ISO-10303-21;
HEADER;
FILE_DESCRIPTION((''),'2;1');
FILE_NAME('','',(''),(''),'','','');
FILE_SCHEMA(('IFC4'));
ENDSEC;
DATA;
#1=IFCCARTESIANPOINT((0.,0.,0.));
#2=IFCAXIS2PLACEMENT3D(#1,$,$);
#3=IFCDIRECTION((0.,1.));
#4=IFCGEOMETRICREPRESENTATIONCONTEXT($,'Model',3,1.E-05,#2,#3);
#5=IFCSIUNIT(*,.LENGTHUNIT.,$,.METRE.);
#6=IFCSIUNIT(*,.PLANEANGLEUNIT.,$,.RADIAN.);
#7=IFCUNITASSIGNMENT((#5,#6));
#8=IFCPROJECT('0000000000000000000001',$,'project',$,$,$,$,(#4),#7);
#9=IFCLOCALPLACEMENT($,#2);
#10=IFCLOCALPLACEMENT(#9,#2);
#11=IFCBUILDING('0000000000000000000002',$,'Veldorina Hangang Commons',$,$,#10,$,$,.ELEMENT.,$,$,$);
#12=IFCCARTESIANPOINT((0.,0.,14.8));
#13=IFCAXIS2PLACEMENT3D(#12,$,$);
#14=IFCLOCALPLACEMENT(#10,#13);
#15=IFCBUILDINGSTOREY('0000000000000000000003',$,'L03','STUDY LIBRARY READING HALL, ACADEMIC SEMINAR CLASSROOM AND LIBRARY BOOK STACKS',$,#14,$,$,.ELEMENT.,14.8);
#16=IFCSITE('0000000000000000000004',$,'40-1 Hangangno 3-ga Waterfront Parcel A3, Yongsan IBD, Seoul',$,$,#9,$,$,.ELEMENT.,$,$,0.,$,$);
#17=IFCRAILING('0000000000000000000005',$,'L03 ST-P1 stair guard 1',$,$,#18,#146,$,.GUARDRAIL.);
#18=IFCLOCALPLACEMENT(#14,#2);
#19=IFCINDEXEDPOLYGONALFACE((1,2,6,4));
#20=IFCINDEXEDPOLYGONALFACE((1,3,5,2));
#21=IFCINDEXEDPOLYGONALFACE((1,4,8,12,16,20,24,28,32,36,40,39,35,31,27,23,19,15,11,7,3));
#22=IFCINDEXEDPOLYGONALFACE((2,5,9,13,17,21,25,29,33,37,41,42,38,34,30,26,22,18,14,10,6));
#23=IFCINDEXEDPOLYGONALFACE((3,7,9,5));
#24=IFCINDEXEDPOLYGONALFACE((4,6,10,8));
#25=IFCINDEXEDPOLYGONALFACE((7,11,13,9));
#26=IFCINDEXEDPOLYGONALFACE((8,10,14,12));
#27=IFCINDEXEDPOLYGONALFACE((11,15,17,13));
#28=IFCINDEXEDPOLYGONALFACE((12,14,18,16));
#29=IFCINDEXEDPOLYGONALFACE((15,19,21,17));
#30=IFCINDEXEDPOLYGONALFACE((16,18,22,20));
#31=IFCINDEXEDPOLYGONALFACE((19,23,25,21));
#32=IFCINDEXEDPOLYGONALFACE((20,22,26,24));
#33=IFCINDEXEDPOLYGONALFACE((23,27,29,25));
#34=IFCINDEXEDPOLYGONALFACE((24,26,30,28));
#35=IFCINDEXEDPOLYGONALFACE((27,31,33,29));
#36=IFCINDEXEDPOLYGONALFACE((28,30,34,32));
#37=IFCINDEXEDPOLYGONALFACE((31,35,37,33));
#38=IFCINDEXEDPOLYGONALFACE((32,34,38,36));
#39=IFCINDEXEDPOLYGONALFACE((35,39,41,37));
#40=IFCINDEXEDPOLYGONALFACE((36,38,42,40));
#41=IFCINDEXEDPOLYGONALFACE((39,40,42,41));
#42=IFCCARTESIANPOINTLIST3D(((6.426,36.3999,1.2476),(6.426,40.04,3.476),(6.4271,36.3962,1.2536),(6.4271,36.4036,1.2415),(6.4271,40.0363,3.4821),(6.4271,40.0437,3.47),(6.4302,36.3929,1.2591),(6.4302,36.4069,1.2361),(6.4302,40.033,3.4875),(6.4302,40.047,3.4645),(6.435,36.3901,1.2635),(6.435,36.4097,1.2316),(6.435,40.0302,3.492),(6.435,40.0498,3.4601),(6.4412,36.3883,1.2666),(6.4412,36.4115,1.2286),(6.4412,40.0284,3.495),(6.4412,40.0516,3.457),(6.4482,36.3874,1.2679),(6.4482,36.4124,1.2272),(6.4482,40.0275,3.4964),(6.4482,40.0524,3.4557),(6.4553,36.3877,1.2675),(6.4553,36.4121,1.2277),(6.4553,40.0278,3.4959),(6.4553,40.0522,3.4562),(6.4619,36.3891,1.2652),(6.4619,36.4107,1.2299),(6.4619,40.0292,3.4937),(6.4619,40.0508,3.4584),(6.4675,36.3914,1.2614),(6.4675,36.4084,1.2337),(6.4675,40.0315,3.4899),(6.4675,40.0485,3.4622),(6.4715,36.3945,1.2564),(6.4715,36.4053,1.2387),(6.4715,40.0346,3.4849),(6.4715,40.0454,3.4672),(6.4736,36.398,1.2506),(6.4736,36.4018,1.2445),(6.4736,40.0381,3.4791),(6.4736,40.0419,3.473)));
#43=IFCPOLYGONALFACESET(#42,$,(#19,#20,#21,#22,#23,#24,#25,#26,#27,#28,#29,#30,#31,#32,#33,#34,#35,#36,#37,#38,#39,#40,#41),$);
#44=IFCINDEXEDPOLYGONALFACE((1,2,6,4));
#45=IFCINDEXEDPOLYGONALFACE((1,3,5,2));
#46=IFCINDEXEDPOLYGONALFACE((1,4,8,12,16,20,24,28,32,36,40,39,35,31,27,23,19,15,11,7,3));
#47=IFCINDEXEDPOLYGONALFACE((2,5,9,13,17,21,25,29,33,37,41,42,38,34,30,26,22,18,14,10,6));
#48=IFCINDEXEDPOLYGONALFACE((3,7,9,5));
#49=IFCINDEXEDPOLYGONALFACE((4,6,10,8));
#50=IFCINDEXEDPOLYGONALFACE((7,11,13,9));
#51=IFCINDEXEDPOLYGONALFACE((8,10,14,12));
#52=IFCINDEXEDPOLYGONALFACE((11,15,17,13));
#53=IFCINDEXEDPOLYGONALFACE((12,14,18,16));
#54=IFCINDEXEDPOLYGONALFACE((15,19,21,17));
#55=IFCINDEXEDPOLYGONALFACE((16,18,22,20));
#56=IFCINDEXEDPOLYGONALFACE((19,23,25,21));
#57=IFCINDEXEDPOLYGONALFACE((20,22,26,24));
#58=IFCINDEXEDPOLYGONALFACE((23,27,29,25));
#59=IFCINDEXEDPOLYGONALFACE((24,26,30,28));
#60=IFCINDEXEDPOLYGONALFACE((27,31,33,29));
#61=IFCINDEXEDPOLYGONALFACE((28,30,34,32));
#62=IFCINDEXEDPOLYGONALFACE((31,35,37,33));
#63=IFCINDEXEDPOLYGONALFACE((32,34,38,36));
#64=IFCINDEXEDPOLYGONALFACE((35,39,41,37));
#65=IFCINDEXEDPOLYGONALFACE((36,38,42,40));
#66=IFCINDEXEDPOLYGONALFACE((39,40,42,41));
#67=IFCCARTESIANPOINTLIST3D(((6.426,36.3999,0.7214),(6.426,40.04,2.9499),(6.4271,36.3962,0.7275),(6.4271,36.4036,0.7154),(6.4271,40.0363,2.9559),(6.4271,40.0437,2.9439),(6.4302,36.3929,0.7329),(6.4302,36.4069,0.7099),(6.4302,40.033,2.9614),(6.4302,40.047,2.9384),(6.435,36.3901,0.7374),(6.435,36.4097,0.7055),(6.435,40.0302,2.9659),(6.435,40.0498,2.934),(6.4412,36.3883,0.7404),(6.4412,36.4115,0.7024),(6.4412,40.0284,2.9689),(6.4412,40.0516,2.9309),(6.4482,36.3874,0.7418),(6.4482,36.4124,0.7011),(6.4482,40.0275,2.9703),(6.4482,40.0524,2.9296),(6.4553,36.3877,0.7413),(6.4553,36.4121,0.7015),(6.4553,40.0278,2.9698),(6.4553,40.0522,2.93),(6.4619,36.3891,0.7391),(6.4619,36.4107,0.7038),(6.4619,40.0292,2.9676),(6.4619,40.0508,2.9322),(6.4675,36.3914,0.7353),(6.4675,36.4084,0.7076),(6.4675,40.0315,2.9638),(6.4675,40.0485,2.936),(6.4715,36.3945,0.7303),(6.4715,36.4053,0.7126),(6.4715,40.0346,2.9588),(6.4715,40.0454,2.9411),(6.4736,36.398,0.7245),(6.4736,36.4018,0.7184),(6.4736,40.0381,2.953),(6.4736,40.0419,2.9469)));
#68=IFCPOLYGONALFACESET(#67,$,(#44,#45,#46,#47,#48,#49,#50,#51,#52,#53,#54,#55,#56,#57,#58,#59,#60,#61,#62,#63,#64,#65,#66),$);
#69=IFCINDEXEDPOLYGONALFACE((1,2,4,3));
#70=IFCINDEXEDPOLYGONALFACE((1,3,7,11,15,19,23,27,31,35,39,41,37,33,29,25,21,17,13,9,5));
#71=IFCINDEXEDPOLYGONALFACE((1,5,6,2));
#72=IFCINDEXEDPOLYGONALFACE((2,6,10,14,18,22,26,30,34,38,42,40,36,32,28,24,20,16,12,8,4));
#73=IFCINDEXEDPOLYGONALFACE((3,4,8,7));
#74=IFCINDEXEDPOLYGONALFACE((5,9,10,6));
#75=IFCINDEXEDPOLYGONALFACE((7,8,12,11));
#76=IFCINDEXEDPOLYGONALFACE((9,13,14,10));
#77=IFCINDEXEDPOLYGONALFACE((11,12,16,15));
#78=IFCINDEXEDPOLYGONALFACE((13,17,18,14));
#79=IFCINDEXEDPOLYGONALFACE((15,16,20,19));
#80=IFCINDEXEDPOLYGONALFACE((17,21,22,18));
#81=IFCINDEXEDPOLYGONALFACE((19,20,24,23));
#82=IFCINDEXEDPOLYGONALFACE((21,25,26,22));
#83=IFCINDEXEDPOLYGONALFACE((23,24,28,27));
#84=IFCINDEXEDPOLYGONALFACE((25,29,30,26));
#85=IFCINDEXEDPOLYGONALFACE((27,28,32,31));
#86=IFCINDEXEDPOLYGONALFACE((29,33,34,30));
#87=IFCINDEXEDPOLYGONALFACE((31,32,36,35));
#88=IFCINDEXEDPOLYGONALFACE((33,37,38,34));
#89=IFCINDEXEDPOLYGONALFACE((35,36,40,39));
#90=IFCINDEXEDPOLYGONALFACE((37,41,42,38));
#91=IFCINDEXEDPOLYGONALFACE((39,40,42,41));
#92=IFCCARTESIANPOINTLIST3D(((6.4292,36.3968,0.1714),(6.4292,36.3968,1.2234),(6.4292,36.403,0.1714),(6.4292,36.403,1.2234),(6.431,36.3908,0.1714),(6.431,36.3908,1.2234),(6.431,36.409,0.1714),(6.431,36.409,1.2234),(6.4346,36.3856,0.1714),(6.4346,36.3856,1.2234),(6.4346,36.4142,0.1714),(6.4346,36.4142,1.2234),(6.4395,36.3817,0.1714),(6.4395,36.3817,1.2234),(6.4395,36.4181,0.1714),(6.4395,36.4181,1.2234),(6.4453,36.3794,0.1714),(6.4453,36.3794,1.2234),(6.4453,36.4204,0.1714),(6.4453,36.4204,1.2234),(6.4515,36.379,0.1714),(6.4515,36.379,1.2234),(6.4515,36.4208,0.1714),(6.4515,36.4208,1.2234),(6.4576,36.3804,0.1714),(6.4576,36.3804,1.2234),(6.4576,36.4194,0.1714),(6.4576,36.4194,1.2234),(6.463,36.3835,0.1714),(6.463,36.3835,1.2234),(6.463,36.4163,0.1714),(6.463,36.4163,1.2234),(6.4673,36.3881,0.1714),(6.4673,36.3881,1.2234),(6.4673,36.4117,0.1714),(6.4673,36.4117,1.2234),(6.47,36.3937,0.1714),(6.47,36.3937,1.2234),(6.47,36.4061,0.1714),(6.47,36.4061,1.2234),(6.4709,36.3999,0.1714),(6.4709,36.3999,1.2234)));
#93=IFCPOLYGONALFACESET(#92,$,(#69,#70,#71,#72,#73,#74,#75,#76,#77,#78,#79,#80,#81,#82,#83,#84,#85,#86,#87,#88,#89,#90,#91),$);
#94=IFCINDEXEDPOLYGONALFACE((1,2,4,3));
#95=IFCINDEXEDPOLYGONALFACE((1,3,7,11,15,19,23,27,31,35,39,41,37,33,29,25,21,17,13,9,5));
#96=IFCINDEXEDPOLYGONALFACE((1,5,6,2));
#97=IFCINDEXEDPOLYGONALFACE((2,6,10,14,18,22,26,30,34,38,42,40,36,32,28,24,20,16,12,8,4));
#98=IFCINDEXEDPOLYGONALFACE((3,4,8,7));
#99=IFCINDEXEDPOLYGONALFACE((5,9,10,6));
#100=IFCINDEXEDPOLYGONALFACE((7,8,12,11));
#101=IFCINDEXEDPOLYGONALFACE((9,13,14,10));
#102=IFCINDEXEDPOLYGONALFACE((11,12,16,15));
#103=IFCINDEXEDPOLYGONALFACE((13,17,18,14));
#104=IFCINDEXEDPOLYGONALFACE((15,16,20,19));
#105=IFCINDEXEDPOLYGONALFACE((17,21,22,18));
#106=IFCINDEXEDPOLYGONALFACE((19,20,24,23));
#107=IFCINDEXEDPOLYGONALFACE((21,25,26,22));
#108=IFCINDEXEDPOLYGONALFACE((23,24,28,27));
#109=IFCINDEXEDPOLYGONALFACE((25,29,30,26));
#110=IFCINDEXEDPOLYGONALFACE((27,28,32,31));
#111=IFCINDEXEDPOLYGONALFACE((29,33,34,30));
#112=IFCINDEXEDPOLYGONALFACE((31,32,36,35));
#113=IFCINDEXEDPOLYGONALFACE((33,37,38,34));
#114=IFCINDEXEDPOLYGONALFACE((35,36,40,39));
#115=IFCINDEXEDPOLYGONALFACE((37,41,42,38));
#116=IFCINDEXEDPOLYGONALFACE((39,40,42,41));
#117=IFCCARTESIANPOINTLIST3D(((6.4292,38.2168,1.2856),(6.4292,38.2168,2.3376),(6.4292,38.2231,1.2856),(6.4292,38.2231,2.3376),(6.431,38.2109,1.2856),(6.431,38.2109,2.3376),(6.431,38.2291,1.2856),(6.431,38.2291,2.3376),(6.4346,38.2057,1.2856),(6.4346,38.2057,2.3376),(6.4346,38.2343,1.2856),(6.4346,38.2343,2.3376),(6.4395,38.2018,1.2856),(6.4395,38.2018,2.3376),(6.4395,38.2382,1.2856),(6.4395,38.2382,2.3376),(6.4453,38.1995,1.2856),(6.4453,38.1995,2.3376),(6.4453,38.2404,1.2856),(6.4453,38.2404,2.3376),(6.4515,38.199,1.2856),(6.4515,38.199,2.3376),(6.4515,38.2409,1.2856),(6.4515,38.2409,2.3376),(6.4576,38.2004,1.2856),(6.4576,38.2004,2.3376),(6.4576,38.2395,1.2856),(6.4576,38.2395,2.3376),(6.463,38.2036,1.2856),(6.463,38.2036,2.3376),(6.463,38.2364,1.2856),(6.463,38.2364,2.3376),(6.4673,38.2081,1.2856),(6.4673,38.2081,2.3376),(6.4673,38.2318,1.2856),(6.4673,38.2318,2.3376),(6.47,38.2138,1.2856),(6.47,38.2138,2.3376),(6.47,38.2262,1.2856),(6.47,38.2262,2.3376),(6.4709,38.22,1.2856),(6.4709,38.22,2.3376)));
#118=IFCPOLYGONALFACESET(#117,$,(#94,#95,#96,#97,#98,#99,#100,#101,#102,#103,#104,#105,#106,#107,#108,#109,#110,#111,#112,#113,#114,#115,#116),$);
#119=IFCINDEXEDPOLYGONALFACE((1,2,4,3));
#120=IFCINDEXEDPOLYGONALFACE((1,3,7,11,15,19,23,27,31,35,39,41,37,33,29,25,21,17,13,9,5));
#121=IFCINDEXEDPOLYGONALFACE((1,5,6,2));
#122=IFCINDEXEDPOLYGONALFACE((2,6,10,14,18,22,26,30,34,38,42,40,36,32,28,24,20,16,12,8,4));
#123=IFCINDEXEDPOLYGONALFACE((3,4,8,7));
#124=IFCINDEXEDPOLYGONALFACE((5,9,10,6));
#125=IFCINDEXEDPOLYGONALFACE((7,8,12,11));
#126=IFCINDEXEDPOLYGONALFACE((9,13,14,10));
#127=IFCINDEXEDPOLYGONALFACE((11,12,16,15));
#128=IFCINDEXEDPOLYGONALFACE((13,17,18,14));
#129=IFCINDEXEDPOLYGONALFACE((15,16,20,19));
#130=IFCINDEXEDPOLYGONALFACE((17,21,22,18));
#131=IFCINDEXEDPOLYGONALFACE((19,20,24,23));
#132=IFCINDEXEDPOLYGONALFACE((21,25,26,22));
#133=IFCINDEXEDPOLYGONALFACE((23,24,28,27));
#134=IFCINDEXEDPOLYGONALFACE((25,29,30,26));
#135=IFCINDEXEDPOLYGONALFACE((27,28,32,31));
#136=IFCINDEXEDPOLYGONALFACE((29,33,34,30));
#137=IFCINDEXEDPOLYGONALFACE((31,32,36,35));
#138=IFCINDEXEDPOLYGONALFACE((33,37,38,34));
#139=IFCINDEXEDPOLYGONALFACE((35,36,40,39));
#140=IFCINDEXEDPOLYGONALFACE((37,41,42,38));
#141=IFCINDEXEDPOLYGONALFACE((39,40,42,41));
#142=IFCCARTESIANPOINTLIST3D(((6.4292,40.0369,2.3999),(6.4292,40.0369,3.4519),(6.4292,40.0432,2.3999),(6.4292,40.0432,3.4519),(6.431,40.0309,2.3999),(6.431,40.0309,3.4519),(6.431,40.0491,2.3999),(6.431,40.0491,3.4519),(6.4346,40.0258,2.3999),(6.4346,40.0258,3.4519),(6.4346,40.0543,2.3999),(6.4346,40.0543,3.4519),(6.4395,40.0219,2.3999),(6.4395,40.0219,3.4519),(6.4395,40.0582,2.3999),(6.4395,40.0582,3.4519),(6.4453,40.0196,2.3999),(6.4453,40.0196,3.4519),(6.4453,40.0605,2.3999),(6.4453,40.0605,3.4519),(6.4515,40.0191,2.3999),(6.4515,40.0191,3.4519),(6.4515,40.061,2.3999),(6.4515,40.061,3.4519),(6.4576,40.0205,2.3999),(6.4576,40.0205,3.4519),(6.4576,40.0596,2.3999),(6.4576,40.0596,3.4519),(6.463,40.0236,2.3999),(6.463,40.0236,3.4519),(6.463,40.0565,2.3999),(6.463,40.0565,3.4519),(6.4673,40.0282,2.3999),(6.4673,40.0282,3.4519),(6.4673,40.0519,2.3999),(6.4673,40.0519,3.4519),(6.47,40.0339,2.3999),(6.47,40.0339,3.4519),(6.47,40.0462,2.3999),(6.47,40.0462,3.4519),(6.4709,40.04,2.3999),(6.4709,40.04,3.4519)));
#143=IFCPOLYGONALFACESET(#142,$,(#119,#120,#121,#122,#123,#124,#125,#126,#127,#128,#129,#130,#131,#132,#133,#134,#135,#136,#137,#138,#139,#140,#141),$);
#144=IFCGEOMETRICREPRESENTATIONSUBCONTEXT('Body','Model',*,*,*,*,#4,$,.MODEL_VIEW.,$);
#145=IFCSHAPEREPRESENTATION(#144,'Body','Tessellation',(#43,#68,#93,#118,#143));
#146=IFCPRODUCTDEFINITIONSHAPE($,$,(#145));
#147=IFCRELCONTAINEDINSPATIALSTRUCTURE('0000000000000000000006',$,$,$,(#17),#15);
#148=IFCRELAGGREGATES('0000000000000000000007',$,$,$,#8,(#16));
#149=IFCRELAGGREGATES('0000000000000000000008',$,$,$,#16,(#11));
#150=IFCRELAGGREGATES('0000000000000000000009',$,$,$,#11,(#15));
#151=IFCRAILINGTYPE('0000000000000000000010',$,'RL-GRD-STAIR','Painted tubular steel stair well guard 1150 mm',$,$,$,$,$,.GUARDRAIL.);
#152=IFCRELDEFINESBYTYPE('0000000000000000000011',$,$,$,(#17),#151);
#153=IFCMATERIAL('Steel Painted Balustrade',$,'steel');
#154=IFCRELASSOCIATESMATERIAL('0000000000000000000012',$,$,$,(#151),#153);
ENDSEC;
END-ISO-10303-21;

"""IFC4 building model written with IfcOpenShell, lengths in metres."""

from ifc_helpers import new_model, si_unit, direction, frame, origin, origin_2d, place, context, subcontext, project, spatial, circle, extrude, material, type_object, element, save


model = new_model("IFC4")

# Units and contexts
model_context = context("Model", 3, precision=1e-05, world=origin(), true_north=direction((0.0, 1.0)))
body_context = subcontext(model_context, "Body", "Model", "MODEL_VIEW")
ifc_project = project(units=[si_unit("LENGTHUNIT", "METRE"), si_unit("PLANEANGLEUNIT", "RADIAN")], contexts=[model_context])

# Site, building, storey
site_placement = place(None, origin())
site = spatial("IfcSite", under=ifc_project, at=site_placement, Name="40-1 Hangangno 3-ga Waterfront Parcel A3, Yongsan IBD, Seoul", CompositionType="ELEMENT", RefElevation=0.0)
building_placement = place(site_placement, origin())
building = spatial("IfcBuilding", under=site, at=building_placement, Name="Veldorina Hangang Commons", CompositionType="ELEMENT")
storey_placement = place(building_placement, frame((0.0, 0.0, 14.8)))
storey = spatial("IfcBuildingStorey", under=building, at=storey_placement, Name="L03", Description="STUDY LIBRARY READING HALL, ACADEMIC SEMINAR CLASSROOM AND LIBRARY BOOK STACKS", CompositionType="ELEMENT", Elevation=14.8)

# Railing
ifc_material_1 = material(Name="Steel Painted Balustrade", Category="steel")
railing_type_1 = type_object("IfcRailingType", Name="RL-GRD-STAIR", Description="Painted tubular steel stair well guard 1150 mm", PredefinedType="GUARDRAIL", material=ifc_material_1)
railing_1_placement = place(storey_placement, frame((6.45, 36.3999, 0.1714)))
element("IfcRailing", 1, at=railing_1_placement, inside=storey, type_object=railing_type_1, Name="L03 ST-P1 stair guard 1", PredefinedType="GUARDRAIL", context=body_context, shape_type="SweptSolid", body=[
    extrude(circle(Radius=0.0239, at=origin_2d()), frame((0.0, 0.0, 1.0762), z_axis=(0.0, 0.852866, 0.52213), x_axis=(-1.0, 0.0, 0.0)), (0.0, 0.0, 1.0), 4.2681),
    extrude(circle(Radius=0.0239, at=origin_2d()), frame((0.0, 0.0, 0.55), z_axis=(0.0, 0.852866, 0.52213), x_axis=(-1.0, 0.0, 0.0)), (0.0, 0.0, 1.0), 4.2681),
    extrude(circle(Radius=0.021, at=origin_2d()), origin(), (0.0, 0.0, 1.0), 1.052),
    extrude(circle(Radius=0.021, at=origin_2d()), frame((0.0, 1.8201, 1.1143)), (0.0, 0.0, 1.0), 1.052),
    extrude(circle(Radius=0.021, at=origin_2d()), frame((0.0, 3.6401, 2.2285)), (0.0, 0.0, 1.0), 1.052),
])

save(model, "model.ifc")
